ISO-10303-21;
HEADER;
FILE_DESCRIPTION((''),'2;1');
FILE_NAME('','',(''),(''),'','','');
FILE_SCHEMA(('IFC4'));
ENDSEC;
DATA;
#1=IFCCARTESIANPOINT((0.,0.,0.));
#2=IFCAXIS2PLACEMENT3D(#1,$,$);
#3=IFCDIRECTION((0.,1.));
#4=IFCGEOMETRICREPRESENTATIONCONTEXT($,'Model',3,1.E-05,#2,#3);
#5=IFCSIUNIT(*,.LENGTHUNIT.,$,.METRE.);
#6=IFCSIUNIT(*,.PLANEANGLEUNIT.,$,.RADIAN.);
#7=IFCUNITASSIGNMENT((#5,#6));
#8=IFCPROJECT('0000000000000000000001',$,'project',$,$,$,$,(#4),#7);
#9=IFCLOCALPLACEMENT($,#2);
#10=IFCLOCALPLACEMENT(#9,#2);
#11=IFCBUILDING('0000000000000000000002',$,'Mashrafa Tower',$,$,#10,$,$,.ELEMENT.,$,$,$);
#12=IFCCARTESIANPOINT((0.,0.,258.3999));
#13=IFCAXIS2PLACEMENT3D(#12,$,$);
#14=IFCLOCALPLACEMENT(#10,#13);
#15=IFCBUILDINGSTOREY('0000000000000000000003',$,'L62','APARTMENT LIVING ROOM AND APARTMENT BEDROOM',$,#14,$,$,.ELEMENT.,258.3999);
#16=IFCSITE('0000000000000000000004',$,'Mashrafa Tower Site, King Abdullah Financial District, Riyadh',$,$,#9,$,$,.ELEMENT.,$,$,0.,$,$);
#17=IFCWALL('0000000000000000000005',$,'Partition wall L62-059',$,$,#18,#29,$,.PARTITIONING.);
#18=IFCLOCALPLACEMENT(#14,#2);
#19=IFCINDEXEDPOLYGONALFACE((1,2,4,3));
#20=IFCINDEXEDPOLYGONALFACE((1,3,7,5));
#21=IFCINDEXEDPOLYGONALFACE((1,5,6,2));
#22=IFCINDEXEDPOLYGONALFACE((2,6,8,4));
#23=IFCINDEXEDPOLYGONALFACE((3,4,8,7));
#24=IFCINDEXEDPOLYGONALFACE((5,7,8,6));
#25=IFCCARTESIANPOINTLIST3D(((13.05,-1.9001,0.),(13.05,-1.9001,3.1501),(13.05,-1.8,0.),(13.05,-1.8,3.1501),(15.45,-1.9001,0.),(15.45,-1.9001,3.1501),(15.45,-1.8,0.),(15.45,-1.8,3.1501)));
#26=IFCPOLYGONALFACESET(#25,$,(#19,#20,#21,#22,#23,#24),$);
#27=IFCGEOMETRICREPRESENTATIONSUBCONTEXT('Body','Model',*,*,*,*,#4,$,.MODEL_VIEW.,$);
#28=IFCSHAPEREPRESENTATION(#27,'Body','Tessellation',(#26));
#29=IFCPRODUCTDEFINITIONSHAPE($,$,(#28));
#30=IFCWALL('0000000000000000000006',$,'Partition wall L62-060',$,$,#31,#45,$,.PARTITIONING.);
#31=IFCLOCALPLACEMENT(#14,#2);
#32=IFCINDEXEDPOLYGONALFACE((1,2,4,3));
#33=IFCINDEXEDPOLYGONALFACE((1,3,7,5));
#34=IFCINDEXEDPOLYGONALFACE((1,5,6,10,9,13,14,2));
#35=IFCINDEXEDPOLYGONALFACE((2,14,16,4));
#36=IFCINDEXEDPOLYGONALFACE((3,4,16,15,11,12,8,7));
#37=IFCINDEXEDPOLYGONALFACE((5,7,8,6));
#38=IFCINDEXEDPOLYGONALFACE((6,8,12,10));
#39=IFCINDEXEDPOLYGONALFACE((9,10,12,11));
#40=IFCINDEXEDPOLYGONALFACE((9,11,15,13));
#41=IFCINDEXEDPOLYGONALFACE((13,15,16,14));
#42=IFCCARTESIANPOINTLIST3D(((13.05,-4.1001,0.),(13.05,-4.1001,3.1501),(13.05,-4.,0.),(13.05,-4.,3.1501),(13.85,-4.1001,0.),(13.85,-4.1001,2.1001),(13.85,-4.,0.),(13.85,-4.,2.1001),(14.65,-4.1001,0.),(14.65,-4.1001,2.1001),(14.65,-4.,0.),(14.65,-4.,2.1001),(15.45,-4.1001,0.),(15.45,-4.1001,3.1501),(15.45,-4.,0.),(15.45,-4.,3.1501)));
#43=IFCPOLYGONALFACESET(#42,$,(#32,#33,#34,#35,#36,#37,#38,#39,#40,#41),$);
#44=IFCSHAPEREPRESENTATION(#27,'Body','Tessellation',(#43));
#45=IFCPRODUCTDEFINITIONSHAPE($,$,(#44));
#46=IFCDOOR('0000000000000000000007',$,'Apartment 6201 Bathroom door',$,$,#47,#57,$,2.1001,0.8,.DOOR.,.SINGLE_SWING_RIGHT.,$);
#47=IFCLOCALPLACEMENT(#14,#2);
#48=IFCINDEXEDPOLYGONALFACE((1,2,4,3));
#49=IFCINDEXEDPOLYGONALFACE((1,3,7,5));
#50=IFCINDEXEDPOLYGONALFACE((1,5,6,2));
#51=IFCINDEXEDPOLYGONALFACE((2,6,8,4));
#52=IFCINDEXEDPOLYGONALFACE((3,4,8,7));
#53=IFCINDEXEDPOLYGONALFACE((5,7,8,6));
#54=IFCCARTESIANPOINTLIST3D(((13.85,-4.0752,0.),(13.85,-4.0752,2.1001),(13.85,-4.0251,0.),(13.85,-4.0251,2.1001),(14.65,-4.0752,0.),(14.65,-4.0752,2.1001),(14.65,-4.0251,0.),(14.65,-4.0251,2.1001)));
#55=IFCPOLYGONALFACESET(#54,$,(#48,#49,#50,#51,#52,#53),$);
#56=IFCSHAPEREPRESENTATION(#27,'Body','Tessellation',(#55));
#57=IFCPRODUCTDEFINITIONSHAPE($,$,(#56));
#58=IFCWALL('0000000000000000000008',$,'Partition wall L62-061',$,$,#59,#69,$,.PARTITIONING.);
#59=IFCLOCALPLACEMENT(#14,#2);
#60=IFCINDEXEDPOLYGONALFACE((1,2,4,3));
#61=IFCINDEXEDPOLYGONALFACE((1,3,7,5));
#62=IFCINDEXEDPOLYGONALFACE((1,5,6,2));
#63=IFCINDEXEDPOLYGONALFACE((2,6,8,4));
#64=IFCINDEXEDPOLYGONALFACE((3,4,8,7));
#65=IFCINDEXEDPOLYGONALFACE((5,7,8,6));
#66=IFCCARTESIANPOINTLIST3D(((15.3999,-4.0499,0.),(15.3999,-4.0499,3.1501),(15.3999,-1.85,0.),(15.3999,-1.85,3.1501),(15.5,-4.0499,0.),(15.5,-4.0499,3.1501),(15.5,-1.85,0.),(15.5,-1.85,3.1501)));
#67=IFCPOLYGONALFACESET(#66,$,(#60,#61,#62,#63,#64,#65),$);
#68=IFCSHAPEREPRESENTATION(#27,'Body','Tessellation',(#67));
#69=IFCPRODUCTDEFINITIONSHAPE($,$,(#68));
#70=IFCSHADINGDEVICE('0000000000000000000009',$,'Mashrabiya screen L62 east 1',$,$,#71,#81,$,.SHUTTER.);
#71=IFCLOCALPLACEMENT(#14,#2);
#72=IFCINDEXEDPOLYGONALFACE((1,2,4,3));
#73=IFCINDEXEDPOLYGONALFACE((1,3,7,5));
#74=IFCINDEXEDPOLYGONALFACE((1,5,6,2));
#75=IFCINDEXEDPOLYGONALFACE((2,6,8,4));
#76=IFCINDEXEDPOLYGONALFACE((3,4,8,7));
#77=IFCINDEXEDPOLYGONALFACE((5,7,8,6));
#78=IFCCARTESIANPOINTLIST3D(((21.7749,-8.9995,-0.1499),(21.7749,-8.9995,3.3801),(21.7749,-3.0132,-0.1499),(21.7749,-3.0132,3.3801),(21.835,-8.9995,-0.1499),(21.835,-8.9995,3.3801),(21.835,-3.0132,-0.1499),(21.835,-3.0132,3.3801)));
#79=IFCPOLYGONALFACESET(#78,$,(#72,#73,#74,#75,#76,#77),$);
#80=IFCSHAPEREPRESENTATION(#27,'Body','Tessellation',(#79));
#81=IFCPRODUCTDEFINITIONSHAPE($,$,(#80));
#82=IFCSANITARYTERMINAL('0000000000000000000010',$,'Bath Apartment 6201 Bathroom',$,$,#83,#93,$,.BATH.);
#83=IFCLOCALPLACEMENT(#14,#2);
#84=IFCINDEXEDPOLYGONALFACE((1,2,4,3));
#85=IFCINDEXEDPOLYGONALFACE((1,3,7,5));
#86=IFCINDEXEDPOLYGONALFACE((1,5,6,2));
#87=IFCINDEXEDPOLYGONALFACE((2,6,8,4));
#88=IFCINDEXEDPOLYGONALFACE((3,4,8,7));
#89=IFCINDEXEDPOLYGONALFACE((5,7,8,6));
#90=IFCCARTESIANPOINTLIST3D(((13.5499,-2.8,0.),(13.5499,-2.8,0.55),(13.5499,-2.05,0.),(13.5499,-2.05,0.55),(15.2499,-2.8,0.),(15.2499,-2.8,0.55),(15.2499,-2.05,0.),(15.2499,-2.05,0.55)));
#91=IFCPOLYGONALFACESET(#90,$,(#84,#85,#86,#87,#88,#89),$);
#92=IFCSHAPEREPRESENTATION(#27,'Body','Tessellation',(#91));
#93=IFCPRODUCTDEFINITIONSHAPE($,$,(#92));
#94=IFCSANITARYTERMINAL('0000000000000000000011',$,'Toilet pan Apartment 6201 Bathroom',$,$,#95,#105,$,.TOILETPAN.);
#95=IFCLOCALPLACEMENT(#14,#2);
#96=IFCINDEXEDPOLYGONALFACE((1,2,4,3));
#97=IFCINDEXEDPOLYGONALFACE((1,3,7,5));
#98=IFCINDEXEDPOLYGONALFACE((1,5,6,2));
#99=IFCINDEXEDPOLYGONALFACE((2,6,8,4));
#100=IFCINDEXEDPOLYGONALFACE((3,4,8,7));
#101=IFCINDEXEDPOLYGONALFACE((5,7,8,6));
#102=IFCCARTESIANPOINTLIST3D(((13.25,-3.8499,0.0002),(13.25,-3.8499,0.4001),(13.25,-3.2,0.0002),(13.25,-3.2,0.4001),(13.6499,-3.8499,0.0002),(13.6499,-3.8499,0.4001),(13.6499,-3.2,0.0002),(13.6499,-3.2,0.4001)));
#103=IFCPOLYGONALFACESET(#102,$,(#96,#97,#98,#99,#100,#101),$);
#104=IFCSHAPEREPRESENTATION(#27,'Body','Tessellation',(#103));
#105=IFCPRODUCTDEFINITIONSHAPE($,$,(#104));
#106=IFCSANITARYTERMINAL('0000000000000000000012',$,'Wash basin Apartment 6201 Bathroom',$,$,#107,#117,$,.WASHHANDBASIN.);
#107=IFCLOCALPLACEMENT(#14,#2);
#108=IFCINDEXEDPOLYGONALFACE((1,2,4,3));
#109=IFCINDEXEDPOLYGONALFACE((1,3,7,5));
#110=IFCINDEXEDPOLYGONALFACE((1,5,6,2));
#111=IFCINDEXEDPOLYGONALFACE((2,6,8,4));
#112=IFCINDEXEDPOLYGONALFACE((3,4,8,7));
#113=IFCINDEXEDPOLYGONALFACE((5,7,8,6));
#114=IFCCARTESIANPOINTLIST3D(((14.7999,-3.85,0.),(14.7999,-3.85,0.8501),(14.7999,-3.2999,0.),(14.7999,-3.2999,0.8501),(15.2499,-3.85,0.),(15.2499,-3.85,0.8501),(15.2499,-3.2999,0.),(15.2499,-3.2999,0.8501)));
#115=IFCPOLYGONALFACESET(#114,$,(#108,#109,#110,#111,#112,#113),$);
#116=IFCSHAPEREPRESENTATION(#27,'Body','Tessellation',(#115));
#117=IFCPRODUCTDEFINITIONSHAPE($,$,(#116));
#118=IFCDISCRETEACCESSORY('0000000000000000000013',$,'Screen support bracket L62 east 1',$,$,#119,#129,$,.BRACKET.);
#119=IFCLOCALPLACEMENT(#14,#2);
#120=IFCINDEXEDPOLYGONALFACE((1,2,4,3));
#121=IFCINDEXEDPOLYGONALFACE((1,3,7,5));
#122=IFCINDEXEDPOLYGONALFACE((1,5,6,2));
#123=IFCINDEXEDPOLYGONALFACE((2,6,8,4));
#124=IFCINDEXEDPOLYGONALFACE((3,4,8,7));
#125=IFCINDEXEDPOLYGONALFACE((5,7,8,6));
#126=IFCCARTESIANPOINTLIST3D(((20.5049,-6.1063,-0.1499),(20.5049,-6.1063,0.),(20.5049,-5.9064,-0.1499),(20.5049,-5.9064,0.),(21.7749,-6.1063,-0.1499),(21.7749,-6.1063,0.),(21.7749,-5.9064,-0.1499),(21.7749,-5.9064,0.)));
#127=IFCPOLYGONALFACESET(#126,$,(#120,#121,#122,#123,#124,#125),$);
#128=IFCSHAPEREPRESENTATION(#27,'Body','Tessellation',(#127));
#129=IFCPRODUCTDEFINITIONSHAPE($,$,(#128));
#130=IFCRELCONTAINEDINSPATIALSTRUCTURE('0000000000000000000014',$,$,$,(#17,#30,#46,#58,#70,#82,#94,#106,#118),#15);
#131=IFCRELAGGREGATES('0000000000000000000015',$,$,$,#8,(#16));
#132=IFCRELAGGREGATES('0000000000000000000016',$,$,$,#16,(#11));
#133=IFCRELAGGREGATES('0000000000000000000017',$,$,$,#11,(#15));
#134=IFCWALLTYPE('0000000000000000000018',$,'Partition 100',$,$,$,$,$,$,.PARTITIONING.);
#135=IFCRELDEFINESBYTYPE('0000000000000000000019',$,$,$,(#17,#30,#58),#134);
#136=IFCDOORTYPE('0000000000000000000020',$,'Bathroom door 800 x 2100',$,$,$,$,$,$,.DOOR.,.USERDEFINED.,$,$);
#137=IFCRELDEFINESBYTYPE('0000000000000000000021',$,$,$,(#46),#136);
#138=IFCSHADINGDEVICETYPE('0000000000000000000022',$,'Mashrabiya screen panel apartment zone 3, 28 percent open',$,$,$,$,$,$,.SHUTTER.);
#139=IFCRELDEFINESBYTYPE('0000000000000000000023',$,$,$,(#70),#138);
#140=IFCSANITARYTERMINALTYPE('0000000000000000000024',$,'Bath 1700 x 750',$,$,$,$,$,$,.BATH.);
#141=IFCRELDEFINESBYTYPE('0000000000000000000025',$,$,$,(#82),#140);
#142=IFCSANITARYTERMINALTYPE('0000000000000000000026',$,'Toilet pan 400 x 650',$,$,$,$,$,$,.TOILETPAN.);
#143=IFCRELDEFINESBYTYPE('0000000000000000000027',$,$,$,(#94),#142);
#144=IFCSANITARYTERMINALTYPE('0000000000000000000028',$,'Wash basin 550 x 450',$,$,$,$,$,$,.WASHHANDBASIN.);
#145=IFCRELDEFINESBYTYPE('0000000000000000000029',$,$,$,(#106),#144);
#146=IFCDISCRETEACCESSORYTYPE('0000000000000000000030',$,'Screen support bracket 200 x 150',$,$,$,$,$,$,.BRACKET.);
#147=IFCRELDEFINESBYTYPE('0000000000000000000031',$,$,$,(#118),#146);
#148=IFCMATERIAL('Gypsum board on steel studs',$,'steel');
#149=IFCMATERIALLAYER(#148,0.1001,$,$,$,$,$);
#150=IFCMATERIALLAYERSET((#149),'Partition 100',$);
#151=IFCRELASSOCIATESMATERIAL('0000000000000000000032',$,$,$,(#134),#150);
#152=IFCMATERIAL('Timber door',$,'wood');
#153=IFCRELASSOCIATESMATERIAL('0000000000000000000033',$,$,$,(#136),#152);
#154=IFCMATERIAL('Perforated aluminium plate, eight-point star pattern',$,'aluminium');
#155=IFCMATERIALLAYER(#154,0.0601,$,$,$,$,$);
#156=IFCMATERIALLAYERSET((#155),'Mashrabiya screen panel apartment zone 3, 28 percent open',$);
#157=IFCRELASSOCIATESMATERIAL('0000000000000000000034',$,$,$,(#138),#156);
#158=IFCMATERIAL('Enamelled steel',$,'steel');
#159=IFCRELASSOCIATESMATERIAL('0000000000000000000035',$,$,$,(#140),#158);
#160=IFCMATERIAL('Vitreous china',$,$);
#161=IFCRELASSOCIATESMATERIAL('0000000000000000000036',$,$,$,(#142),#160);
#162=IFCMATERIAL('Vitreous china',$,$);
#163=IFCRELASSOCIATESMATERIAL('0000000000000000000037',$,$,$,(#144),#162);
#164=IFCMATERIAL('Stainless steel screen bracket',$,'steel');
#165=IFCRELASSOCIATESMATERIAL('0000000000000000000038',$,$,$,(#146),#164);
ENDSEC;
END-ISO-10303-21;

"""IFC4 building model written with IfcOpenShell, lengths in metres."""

from ifc_helpers import new_model, si_unit, direction, frame, frame_2d, origin, origin_2d, place, context, subcontext, project, spatial, rectangle, extrude, source, transform, mapped, material, layer, layer_set, type_object, type_shapes, element, fill, save


model = new_model("IFC4")

# Units and contexts
model_context = context("Model", 3, precision=1e-05, world=origin(), true_north=direction((0.0, 1.0)))
body_context = subcontext(model_context, "Body", "Model", "MODEL_VIEW")
ifc_project = project(units=[si_unit("LENGTHUNIT", "METRE"), si_unit("PLANEANGLEUNIT", "RADIAN")], contexts=[model_context])

# Site, building, storey
site_placement = place(None, origin())
site = spatial("IfcSite", under=ifc_project, at=site_placement, Name="Mashrafa Tower Site, King Abdullah Financial District, Riyadh", CompositionType="ELEMENT", RefElevation=0.0)
building_placement = place(site_placement, origin())
building = spatial("IfcBuilding", under=site, at=building_placement, Name="Mashrafa Tower", CompositionType="ELEMENT")
storey_placement = place(building_placement, frame((0.0, 0.0, 258.3999)))
storey = spatial("IfcBuildingStorey", under=building, at=storey_placement, Name="L62", Description="APARTMENT LIVING ROOM AND APARTMENT BEDROOM", CompositionType="ELEMENT", Elevation=258.3999)

# Shared definitions
ifc_material_1 = material(Name="Gypsum board on steel studs", Category="steel")
ifc_layer_1 = layer(ifc_material_1, 0.1001)
ifc_layer_set_1 = layer_set([ifc_layer_1], Name="Partition 100")
wall_type_1 = type_object("IfcWallType", Name="Partition 100", PredefinedType="PARTITIONING", material=ifc_layer_set_1)

# Wall
wall_1_placement = place(storey_placement, frame((15.45, -1.8501, 0.0), z_axis=(0.0, 0.0, 1.0), x_axis=(-1.0, 0.0, 0.0)))
element("IfcWall", 1, at=wall_1_placement, inside=storey, type_object=wall_type_1, Name="Partition wall L62-059", PredefinedType="PARTITIONING", context=body_context, shape_type="SweptSolid", body=[
    extrude(rectangle(XDim=2.3999, YDim=0.1001, at=frame_2d((1.2, 0.0))), origin(), (0.0, 0.0, 1.0), 3.1501),
])

# Wall, opening, door
wall_2_placement = place(storey_placement, frame((13.05, -4.05, 0.0), z_axis=(0.0, 0.0, 1.0), x_axis=(1.0, 0.0, 0.0)))
wall_2 = element("IfcWall", 2, at=wall_2_placement, inside=storey, type_object=wall_type_1, Name="Partition wall L62-060", PredefinedType="PARTITIONING", context=body_context, shape_type="SweptSolid", body=[
    extrude(rectangle(XDim=2.3999, YDim=0.1001, at=frame_2d((1.2, 0.0))), origin(), (0.0, 0.0, 1.0), 3.1501),
])
opening_1_placement = place(wall_2_placement, frame((0.8, 0.0, 0.0)))
opening_1 = element("IfcOpeningElement", 3, at=opening_1_placement, cuts=wall_2, PredefinedType="OPENING", context=body_context, shape_type="SweptSolid", body=[
    extrude(rectangle(XDim=0.8, YDim=2.1001, at=frame_2d((0.3999, 1.05))), frame((0.0, 0.0601, 0.0), z_axis=(0.0, -1.0, 0.0), x_axis=(1.0, 0.0, 0.0)), (0.0, 0.0, 1.0), 0.1201),
])
ifc_material_2 = material(Name="Timber door", Category="wood")
door_type_1 = type_object("IfcDoorType", Name="Bathroom door 800 x 2100", OperationType="USERDEFINED", PredefinedType="DOOR", material=ifc_material_2)
door_1_placement = place(opening_1_placement, origin())
door_1 = element("IfcDoor", 4, at=door_1_placement, inside=storey, type_object=door_type_1, Name="Apartment 6201 Bathroom door", OperationType="SINGLE_SWING_RIGHT", OverallHeight=2.1001, OverallWidth=0.8, PredefinedType="DOOR", context=body_context, shape_type="SweptSolid", body=[
    extrude(rectangle(XDim=0.8, YDim=2.1001, at=frame_2d((0.3999, 1.05))), frame((0.0, 0.0249, 0.0), z_axis=(0.0, -1.0, 0.0), x_axis=(1.0, 0.0, 0.0)), (0.0, 0.0, 1.0), 0.05),
])
fill(opening_1, door_1)

# Wall
wall_3_placement = place(storey_placement, frame((15.45, -4.05, 0.0), z_axis=(0.0, 0.0, 1.0), x_axis=(0.0, 1.0, 0.0)))
element("IfcWall", 5, at=wall_3_placement, inside=storey, type_object=wall_type_1, Name="Partition wall L62-061", PredefinedType="PARTITIONING", context=body_context, shape_type="SweptSolid", body=[
    extrude(rectangle(XDim=2.2, YDim=0.1001, at=frame_2d((1.1001, 0.0))), origin(), (0.0, 0.0, 1.0), 3.1501),
])

# Shading device
ifc_material_3 = material(Name="Perforated aluminium plate, eight-point star pattern", Category="aluminium")
ifc_layer_2 = layer(ifc_material_3, 0.0601)
ifc_layer_set_2 = layer_set([ifc_layer_2], Name="Mashrabiya screen panel apartment zone 3, 28 percent open")
shading_device_type = type_object("IfcShadingDeviceType", Name="Mashrabiya screen panel apartment zone 3, 28 percent open", PredefinedType="SHUTTER", material=ifc_layer_set_2)
shared_shape_1 = source(origin(), body_context, "Body", "SweptSolid", [
    extrude(rectangle(XDim=5.9863, YDim=0.0601, at=origin_2d()), origin(), (0.0, 0.0, 1.0), 3.53),
])
type_shapes(shading_device_type, [shared_shape_1])
shading_device_placement = place(storey_placement, frame((21.8049, -6.0063, -0.1499), z_axis=(0.0, 0.0, 1.0), x_axis=(0.0, 1.0, 0.0)))
element("IfcShadingDevice", 6, at=shading_device_placement, inside=storey, type_object=shading_device_type, Name="Mashrabiya screen L62 east 1", PredefinedType="SHUTTER", context=body_context, shape_type="MappedRepresentation", body=[
    mapped(shared_shape_1, transform((0.0, 0.0, 0.0))),
])

# Sanitary terminals
ifc_material_4 = material(Name="Enamelled steel", Category="steel")
sanitary_terminal_type_1 = type_object("IfcSanitaryTerminalType", Name="Bath 1700 x 750", PredefinedType="BATH", material=ifc_material_4)
sanitary_terminal_1_placement = place(storey_placement, frame((14.3999, -2.425, 0.0), z_axis=(0.0, 0.0, 1.0), x_axis=(-1.0, 0.0, 0.0)))
element("IfcSanitaryTerminal", 7, at=sanitary_terminal_1_placement, inside=storey, type_object=sanitary_terminal_type_1, Name="Bath Apartment 6201 Bathroom", PredefinedType="BATH", context=body_context, shape_type="SweptSolid", body=[
    extrude(rectangle(XDim=1.7, YDim=0.75, at=origin_2d()), origin(), (0.0, 0.0, 1.0), 0.55),
])
ifc_material_5 = material(Name="Vitreous china")
sanitary_terminal_type_2 = type_object("IfcSanitaryTerminalType", Name="Toilet pan 400 x 650", PredefinedType="TOILETPAN", material=ifc_material_5)
sanitary_terminal_2_placement = place(storey_placement, frame((13.45, -3.5249, 0.0002), z_axis=(0.0, 0.0, 1.0), x_axis=(1.0, 0.0, 0.0)))
element("IfcSanitaryTerminal", 8, at=sanitary_terminal_2_placement, inside=storey, type_object=sanitary_terminal_type_2, Name="Toilet pan Apartment 6201 Bathroom", PredefinedType="TOILETPAN", context=body_context, shape_type="SweptSolid", body=[
    extrude(rectangle(XDim=0.3999, YDim=0.6499, at=origin_2d()), origin(), (0.0, 0.0, 1.0), 0.3999),
])
ifc_material_6 = material(Name="Vitreous china")
sanitary_terminal_type_3 = type_object("IfcSanitaryTerminalType", Name="Wash basin 550 x 450", PredefinedType="WASHHANDBASIN", material=ifc_material_6)
sanitary_terminal_3_placement = place(storey_placement, frame((15.0249, -3.575, 0.0), z_axis=(0.0, 0.0, 1.0), x_axis=(0.0, 1.0, 0.0)))
element("IfcSanitaryTerminal", 9, at=sanitary_terminal_3_placement, inside=storey, type_object=sanitary_terminal_type_3, Name="Wash basin Apartment 6201 Bathroom", PredefinedType="WASHHANDBASIN", context=body_context, shape_type="SweptSolid", body=[
    extrude(rectangle(XDim=0.55, YDim=0.45, at=origin_2d()), origin(), (0.0, 0.0, 1.0), 0.8501),
])

# Discrete accessory
ifc_material_7 = material(Name="Stainless steel screen bracket", Category="steel")
discrete_accessory_type = type_object("IfcDiscreteAccessoryType", Name="Screen support bracket 200 x 150", PredefinedType="BRACKET", material=ifc_material_7)
shared_shape_2 = source(origin(), body_context, "Body", "SweptSolid", [
    extrude(rectangle(XDim=0.2, YDim=1.27, at=origin_2d()), origin(), (0.0, 0.0, 1.0), 0.1499),
])
type_shapes(discrete_accessory_type, [shared_shape_2])
discrete_accessory_placement = place(storey_placement, frame((21.1399, -6.0063, -0.1499), z_axis=(0.0, 0.0, 1.0), x_axis=(0.0, 1.0, 0.0)))
element("IfcDiscreteAccessory", 10, at=discrete_accessory_placement, inside=storey, type_object=discrete_accessory_type, Name="Screen support bracket L62 east 1", PredefinedType="BRACKET", context=body_context, shape_type="MappedRepresentation", body=[
    mapped(shared_shape_2, transform((0.0, 0.0, 0.0))),
])

save(model, "model.ifc")
